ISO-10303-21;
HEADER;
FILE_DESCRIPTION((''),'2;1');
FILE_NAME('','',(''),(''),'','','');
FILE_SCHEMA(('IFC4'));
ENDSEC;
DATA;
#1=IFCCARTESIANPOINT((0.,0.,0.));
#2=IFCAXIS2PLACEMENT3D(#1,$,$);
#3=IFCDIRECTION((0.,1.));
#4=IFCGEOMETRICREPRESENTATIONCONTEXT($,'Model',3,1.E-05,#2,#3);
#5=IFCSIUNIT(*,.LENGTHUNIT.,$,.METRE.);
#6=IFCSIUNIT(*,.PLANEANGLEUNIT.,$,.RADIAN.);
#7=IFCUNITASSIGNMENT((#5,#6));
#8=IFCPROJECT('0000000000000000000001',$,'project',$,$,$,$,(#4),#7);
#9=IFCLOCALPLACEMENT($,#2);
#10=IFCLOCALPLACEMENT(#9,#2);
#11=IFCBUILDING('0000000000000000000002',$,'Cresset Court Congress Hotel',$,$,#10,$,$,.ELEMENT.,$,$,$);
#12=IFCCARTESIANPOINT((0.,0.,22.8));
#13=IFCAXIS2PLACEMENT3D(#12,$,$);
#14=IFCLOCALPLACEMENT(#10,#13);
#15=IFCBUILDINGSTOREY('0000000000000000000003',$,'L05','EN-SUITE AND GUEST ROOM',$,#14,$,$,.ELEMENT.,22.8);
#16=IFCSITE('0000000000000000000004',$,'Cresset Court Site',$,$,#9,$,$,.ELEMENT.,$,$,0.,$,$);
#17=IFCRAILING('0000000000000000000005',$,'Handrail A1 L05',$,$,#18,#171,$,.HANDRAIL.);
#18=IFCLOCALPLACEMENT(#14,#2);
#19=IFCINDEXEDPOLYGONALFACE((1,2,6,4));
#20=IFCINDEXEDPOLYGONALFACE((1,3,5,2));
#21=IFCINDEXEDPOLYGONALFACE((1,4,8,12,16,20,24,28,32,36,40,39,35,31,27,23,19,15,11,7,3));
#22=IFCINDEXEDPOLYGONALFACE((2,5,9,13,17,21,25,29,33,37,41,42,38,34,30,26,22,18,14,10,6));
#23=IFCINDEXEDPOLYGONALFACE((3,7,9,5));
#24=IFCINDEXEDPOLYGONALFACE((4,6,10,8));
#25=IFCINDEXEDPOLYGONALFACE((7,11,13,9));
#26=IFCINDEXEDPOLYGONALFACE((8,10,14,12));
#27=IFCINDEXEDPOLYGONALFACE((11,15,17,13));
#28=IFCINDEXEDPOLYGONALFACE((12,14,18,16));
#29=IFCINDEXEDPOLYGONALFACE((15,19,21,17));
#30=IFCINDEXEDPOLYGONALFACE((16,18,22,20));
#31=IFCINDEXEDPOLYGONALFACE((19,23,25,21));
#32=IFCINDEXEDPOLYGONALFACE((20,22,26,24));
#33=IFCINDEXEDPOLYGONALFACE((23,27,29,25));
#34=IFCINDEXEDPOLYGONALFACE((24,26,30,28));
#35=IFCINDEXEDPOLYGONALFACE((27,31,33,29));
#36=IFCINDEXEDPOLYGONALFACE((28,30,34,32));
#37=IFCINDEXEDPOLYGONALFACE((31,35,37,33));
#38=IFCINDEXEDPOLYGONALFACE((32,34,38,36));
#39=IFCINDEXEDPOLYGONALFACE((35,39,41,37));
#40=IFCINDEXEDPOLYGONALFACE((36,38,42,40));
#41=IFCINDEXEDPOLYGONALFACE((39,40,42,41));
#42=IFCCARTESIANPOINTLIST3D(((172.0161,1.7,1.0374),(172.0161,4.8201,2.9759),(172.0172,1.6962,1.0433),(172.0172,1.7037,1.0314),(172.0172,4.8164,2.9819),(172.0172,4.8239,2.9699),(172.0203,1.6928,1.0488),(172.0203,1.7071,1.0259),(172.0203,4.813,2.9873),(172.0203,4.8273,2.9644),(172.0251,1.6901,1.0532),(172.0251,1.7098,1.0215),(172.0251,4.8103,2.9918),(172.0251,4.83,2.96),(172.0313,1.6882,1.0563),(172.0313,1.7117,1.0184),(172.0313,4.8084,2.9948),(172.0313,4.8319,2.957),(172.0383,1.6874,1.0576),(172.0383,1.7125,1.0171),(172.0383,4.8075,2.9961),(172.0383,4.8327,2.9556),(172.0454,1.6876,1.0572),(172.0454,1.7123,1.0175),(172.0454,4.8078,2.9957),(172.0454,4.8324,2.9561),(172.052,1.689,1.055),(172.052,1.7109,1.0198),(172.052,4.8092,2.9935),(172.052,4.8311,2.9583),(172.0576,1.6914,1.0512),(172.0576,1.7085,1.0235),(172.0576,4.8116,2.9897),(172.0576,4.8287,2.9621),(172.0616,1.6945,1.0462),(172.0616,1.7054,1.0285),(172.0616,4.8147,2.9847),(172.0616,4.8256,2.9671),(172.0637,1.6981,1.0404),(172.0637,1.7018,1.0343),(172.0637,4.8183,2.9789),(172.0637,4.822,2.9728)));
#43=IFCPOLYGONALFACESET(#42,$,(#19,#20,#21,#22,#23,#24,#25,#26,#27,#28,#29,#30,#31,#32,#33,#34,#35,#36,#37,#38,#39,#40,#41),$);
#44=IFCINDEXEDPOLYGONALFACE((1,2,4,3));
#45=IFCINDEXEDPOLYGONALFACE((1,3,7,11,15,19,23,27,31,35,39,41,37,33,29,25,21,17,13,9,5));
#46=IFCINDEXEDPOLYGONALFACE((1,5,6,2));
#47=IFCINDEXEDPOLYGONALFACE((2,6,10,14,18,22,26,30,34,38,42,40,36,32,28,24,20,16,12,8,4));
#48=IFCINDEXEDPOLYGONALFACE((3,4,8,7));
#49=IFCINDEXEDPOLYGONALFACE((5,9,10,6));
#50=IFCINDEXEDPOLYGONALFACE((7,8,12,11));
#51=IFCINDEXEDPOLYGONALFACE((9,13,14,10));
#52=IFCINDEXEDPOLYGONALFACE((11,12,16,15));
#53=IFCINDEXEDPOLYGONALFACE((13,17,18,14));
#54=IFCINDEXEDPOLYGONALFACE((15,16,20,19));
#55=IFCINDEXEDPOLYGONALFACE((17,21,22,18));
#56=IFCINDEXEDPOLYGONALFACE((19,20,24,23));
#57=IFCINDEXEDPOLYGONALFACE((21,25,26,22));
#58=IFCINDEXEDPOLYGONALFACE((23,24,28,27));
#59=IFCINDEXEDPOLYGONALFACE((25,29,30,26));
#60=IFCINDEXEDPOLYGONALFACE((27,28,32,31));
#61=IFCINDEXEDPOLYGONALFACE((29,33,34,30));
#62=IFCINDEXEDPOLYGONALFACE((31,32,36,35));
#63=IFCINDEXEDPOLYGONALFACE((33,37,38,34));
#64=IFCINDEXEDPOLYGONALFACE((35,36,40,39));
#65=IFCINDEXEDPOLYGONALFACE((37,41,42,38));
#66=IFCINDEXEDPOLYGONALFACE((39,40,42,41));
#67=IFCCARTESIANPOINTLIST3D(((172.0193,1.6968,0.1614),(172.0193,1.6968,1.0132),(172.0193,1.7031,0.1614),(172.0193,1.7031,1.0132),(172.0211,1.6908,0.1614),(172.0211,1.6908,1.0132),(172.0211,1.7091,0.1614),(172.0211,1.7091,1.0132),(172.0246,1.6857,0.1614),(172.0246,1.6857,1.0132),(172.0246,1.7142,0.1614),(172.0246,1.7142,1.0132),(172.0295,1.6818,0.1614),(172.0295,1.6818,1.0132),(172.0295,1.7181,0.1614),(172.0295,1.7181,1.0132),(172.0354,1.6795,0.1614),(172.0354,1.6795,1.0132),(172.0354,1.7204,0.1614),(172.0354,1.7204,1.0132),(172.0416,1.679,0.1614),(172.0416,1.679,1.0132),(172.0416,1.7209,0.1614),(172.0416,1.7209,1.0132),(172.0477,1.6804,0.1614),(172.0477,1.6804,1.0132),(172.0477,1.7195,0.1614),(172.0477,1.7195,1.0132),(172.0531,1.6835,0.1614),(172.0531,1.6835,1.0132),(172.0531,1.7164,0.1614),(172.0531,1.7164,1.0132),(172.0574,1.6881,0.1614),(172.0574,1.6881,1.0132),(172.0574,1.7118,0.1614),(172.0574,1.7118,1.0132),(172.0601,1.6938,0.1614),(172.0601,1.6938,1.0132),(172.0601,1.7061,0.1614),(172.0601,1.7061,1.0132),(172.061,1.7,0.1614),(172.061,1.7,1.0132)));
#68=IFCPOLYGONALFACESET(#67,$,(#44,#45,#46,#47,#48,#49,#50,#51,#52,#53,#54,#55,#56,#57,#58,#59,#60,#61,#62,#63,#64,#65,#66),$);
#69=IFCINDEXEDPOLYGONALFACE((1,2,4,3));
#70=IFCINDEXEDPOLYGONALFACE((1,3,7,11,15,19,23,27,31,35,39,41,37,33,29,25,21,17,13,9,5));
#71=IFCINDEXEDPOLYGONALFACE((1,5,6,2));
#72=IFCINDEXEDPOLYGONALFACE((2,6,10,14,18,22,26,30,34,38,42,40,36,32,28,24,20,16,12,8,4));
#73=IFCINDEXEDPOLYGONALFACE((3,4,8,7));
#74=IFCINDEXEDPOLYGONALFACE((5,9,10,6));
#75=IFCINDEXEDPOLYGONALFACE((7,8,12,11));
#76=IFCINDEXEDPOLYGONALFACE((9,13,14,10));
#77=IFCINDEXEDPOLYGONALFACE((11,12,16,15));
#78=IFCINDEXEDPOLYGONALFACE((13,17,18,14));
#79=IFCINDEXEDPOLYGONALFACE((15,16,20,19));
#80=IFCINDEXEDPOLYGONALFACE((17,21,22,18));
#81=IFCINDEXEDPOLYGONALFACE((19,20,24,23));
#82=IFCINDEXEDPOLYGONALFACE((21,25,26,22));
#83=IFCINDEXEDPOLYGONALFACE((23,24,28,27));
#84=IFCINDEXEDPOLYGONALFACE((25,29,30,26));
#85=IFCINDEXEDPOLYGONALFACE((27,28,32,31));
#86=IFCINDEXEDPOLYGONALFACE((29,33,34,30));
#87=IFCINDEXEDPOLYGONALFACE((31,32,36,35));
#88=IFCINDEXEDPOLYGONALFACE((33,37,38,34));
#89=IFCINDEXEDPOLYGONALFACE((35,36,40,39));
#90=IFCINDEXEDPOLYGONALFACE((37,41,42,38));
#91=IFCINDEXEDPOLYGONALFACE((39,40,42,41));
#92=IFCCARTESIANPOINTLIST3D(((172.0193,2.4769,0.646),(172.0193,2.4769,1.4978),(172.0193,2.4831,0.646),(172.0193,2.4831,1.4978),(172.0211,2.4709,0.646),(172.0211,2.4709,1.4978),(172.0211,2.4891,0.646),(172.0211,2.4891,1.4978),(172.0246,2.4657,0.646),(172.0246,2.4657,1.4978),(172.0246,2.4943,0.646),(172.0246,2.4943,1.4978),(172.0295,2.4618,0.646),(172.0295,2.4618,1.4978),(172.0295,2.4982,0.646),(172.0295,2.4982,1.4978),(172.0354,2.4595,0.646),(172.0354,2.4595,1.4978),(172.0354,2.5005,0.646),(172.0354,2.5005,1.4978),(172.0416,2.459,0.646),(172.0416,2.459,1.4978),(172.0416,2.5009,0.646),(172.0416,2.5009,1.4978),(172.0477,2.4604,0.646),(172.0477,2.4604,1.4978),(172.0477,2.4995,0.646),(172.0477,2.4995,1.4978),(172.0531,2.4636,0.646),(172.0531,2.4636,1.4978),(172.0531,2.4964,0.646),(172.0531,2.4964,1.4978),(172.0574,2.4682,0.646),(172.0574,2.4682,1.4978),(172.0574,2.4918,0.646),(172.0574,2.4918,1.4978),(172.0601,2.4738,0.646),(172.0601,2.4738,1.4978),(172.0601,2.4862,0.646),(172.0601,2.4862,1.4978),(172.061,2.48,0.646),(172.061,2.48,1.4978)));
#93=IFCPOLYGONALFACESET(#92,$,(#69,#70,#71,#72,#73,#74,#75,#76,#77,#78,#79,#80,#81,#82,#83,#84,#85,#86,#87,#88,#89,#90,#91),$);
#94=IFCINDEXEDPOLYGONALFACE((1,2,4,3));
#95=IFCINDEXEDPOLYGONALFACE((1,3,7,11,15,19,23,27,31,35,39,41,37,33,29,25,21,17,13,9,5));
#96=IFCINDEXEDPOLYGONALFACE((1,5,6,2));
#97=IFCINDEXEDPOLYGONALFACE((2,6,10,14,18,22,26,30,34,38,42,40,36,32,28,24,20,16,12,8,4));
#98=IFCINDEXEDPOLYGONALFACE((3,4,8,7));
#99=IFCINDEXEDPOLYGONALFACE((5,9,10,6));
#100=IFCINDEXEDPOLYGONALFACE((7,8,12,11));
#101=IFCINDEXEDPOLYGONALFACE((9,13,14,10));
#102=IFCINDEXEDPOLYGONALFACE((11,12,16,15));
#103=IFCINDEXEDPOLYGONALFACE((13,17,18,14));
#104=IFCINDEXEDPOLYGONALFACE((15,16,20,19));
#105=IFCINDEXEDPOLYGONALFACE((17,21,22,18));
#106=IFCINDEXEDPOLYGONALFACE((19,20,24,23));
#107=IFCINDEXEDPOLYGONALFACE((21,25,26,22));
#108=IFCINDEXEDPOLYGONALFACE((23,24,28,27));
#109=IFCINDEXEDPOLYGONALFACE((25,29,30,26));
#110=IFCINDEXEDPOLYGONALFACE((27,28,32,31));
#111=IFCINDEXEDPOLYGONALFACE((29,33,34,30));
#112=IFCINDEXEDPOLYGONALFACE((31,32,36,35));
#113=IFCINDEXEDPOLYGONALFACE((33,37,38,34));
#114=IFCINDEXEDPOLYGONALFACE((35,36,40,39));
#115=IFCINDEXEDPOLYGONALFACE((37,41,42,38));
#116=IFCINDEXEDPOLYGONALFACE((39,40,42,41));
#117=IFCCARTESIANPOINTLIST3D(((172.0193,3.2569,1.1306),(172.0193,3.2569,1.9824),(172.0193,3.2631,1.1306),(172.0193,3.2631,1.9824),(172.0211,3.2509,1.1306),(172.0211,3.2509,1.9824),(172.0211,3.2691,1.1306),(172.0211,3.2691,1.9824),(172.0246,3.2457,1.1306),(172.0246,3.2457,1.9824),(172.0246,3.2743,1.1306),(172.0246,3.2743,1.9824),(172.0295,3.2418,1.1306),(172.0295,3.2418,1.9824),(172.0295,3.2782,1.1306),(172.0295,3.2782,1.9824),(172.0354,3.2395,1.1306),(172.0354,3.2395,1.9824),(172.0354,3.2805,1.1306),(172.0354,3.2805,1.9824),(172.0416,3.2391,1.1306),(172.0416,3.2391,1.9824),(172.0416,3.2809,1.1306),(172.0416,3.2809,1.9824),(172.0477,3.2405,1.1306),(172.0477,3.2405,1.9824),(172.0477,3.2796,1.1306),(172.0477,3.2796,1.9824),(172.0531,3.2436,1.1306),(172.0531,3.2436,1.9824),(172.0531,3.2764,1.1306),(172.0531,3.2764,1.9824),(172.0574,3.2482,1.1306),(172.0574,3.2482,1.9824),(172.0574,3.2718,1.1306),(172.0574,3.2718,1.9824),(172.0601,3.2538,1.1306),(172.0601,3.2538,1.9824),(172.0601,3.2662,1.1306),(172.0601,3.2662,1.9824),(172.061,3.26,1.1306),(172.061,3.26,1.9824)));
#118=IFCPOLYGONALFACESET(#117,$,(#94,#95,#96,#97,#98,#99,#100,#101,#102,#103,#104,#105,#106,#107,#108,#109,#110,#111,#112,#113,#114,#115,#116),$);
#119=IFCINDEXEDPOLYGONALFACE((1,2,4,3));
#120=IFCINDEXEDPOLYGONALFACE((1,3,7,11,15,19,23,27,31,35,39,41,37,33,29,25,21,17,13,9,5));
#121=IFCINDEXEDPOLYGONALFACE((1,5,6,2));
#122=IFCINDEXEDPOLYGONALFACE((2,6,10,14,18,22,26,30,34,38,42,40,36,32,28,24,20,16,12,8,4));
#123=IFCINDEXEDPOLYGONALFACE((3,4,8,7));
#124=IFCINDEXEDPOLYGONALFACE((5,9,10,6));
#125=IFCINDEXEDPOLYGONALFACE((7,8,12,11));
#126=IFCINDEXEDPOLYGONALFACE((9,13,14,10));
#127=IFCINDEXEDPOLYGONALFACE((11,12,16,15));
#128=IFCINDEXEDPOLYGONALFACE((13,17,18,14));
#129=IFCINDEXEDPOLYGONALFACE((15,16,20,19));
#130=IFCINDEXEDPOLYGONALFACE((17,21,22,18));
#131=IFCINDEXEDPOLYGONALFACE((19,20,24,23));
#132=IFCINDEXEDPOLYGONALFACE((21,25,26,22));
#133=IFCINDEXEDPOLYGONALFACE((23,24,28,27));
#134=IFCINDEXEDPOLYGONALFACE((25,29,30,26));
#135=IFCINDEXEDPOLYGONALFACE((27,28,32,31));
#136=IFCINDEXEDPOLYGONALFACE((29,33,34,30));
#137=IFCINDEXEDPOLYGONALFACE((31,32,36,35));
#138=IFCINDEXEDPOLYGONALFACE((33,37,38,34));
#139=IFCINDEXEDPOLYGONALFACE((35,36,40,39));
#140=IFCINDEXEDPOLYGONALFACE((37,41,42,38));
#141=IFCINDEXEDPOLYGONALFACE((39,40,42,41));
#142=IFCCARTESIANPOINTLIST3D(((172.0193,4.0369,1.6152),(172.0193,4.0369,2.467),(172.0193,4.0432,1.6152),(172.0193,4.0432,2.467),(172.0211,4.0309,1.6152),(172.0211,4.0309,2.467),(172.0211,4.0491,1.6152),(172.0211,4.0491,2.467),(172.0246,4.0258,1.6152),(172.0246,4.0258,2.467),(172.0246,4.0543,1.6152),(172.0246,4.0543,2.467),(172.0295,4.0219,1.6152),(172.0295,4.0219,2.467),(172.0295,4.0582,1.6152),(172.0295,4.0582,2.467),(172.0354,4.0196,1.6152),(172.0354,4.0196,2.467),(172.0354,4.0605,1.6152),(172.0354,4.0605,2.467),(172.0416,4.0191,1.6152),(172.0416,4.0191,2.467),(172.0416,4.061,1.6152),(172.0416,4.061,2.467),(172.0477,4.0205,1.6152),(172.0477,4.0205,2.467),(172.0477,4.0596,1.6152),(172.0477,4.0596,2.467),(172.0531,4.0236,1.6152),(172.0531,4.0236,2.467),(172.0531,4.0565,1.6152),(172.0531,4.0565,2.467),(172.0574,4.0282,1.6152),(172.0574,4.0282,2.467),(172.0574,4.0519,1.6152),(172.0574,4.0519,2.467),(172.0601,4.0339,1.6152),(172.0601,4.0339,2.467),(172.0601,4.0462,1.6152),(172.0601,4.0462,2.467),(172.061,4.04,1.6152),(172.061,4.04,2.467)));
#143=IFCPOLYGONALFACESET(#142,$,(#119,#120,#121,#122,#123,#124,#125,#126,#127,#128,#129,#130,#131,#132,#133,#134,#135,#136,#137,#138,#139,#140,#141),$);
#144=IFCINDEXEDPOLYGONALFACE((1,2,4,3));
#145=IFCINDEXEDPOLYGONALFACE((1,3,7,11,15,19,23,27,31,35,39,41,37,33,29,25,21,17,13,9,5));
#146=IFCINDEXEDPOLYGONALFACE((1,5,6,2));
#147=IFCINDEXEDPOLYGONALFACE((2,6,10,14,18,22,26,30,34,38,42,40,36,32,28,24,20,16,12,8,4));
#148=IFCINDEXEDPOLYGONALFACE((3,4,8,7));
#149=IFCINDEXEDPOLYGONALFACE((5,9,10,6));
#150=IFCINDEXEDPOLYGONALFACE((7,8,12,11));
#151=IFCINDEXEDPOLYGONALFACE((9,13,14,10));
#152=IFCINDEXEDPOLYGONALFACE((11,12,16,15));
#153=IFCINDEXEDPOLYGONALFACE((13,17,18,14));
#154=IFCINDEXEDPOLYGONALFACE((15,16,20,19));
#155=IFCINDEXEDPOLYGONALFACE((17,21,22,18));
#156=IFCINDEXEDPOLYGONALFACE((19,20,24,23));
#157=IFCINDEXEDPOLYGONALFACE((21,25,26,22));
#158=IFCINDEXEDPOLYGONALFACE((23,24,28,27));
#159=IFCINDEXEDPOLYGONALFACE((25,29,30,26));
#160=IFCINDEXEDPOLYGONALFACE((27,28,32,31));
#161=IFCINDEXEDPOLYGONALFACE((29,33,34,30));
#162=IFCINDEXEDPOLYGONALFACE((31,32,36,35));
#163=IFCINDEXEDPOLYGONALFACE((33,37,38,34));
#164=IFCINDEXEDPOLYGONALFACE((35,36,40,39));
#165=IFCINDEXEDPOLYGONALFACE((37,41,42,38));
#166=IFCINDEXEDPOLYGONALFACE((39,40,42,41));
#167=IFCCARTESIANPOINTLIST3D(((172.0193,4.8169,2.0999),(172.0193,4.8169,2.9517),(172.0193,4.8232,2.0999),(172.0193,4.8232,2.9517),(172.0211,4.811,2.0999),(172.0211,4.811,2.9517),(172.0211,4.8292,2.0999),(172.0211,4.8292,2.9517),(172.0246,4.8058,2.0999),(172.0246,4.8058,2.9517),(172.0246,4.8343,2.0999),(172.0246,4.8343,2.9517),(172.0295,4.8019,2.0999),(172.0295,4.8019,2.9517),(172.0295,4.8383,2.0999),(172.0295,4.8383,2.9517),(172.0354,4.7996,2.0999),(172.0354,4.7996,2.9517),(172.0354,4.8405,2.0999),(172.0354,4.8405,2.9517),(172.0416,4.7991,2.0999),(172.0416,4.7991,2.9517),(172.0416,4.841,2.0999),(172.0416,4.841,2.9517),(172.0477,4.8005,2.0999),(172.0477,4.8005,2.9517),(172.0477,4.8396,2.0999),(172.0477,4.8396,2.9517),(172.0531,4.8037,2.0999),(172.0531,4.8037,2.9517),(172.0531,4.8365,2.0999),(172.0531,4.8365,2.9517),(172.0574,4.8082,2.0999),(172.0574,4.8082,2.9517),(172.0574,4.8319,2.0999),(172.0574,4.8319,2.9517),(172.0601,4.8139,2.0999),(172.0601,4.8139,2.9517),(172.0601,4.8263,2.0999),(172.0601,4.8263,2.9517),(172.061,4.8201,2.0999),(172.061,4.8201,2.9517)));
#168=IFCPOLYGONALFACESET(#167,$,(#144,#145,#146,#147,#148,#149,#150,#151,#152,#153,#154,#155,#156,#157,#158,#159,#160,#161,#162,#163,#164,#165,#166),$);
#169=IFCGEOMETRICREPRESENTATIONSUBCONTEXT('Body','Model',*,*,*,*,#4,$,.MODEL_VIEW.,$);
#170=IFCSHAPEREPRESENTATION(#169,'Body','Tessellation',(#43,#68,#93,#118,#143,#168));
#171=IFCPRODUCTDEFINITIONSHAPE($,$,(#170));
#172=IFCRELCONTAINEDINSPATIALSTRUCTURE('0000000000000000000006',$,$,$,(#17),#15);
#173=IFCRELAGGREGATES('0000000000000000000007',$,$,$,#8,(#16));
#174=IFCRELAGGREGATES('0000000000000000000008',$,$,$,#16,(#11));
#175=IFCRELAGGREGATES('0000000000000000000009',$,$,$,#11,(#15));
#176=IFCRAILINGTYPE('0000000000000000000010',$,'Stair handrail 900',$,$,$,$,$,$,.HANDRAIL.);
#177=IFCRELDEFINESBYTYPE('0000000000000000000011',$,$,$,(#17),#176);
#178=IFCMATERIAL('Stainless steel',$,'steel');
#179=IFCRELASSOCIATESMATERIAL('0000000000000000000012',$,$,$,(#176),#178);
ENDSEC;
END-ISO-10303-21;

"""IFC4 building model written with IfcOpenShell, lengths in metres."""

from ifc_helpers import new_model, si_unit, direction, frame, origin, origin_2d, place, context, subcontext, project, spatial, circle, extrude, material, type_object, element, save


model = new_model("IFC4")

# Units and contexts
model_context = context("Model", 3, precision=1e-05, world=origin(), true_north=direction((0.0, 1.0)))
body_context = subcontext(model_context, "Body", "Model", "MODEL_VIEW")
ifc_project = project(units=[si_unit("LENGTHUNIT", "METRE"), si_unit("PLANEANGLEUNIT", "RADIAN")], contexts=[model_context])

# Site, building, storey
site_placement = place(None, origin())
site = spatial("IfcSite", under=ifc_project, at=site_placement, Name="Cresset Court Site", CompositionType="ELEMENT", RefElevation=0.0)
building_placement = place(site_placement, origin())
building = spatial("IfcBuilding", under=site, at=building_placement, Name="Cresset Court Congress Hotel", CompositionType="ELEMENT")
storey_placement = place(building_placement, frame((0.0, 0.0, 22.8)))
storey = spatial("IfcBuildingStorey", under=building, at=storey_placement, Name="L05", Description="EN-SUITE AND GUEST ROOM", CompositionType="ELEMENT", Elevation=22.8)

# Railing
ifc_material_1 = material(Name="Stainless steel", Category="steel")
railing_type_1 = type_object("IfcRailingType", Name="Stair handrail 900", PredefinedType="HANDRAIL", material=ifc_material_1)
railing_1_placement = place(storey_placement, frame((172.04, 1.7, 0.1614)))
element("IfcRailing", 1, at=railing_1_placement, inside=storey, type_object=railing_type_1, Name="Handrail A1 L05", PredefinedType="HANDRAIL", context=body_context, shape_type="SweptSolid", body=[
    extrude(circle(Radius=0.0239, at=origin_2d()), frame((0.0, 0.0, 0.876), z_axis=(0.0, 0.849414, 0.527727), x_axis=(-1.0, 0.0, 0.0)), (0.0, 0.0, 1.0), 3.6733),
    extrude(circle(Radius=0.021, at=origin_2d()), origin(), (0.0, 0.0, 1.0), 0.8518),
    extrude(circle(Radius=0.021, at=origin_2d()), frame((0.0, 0.78, 0.4846)), (0.0, 0.0, 1.0), 0.8518),
    extrude(circle(Radius=0.021, at=origin_2d()), frame((0.0, 1.5601, 0.9692)), (0.0, 0.0, 1.0), 0.8518),
    extrude(circle(Radius=0.021, at=origin_2d()), frame((0.0, 2.3401, 1.4539)), (0.0, 0.0, 1.0), 0.8518),
    extrude(circle(Radius=0.021, at=origin_2d()), frame((0.0, 3.1201, 1.9385)), (0.0, 0.0, 1.0), 0.8518),
])

save(model, "model.ifc")
